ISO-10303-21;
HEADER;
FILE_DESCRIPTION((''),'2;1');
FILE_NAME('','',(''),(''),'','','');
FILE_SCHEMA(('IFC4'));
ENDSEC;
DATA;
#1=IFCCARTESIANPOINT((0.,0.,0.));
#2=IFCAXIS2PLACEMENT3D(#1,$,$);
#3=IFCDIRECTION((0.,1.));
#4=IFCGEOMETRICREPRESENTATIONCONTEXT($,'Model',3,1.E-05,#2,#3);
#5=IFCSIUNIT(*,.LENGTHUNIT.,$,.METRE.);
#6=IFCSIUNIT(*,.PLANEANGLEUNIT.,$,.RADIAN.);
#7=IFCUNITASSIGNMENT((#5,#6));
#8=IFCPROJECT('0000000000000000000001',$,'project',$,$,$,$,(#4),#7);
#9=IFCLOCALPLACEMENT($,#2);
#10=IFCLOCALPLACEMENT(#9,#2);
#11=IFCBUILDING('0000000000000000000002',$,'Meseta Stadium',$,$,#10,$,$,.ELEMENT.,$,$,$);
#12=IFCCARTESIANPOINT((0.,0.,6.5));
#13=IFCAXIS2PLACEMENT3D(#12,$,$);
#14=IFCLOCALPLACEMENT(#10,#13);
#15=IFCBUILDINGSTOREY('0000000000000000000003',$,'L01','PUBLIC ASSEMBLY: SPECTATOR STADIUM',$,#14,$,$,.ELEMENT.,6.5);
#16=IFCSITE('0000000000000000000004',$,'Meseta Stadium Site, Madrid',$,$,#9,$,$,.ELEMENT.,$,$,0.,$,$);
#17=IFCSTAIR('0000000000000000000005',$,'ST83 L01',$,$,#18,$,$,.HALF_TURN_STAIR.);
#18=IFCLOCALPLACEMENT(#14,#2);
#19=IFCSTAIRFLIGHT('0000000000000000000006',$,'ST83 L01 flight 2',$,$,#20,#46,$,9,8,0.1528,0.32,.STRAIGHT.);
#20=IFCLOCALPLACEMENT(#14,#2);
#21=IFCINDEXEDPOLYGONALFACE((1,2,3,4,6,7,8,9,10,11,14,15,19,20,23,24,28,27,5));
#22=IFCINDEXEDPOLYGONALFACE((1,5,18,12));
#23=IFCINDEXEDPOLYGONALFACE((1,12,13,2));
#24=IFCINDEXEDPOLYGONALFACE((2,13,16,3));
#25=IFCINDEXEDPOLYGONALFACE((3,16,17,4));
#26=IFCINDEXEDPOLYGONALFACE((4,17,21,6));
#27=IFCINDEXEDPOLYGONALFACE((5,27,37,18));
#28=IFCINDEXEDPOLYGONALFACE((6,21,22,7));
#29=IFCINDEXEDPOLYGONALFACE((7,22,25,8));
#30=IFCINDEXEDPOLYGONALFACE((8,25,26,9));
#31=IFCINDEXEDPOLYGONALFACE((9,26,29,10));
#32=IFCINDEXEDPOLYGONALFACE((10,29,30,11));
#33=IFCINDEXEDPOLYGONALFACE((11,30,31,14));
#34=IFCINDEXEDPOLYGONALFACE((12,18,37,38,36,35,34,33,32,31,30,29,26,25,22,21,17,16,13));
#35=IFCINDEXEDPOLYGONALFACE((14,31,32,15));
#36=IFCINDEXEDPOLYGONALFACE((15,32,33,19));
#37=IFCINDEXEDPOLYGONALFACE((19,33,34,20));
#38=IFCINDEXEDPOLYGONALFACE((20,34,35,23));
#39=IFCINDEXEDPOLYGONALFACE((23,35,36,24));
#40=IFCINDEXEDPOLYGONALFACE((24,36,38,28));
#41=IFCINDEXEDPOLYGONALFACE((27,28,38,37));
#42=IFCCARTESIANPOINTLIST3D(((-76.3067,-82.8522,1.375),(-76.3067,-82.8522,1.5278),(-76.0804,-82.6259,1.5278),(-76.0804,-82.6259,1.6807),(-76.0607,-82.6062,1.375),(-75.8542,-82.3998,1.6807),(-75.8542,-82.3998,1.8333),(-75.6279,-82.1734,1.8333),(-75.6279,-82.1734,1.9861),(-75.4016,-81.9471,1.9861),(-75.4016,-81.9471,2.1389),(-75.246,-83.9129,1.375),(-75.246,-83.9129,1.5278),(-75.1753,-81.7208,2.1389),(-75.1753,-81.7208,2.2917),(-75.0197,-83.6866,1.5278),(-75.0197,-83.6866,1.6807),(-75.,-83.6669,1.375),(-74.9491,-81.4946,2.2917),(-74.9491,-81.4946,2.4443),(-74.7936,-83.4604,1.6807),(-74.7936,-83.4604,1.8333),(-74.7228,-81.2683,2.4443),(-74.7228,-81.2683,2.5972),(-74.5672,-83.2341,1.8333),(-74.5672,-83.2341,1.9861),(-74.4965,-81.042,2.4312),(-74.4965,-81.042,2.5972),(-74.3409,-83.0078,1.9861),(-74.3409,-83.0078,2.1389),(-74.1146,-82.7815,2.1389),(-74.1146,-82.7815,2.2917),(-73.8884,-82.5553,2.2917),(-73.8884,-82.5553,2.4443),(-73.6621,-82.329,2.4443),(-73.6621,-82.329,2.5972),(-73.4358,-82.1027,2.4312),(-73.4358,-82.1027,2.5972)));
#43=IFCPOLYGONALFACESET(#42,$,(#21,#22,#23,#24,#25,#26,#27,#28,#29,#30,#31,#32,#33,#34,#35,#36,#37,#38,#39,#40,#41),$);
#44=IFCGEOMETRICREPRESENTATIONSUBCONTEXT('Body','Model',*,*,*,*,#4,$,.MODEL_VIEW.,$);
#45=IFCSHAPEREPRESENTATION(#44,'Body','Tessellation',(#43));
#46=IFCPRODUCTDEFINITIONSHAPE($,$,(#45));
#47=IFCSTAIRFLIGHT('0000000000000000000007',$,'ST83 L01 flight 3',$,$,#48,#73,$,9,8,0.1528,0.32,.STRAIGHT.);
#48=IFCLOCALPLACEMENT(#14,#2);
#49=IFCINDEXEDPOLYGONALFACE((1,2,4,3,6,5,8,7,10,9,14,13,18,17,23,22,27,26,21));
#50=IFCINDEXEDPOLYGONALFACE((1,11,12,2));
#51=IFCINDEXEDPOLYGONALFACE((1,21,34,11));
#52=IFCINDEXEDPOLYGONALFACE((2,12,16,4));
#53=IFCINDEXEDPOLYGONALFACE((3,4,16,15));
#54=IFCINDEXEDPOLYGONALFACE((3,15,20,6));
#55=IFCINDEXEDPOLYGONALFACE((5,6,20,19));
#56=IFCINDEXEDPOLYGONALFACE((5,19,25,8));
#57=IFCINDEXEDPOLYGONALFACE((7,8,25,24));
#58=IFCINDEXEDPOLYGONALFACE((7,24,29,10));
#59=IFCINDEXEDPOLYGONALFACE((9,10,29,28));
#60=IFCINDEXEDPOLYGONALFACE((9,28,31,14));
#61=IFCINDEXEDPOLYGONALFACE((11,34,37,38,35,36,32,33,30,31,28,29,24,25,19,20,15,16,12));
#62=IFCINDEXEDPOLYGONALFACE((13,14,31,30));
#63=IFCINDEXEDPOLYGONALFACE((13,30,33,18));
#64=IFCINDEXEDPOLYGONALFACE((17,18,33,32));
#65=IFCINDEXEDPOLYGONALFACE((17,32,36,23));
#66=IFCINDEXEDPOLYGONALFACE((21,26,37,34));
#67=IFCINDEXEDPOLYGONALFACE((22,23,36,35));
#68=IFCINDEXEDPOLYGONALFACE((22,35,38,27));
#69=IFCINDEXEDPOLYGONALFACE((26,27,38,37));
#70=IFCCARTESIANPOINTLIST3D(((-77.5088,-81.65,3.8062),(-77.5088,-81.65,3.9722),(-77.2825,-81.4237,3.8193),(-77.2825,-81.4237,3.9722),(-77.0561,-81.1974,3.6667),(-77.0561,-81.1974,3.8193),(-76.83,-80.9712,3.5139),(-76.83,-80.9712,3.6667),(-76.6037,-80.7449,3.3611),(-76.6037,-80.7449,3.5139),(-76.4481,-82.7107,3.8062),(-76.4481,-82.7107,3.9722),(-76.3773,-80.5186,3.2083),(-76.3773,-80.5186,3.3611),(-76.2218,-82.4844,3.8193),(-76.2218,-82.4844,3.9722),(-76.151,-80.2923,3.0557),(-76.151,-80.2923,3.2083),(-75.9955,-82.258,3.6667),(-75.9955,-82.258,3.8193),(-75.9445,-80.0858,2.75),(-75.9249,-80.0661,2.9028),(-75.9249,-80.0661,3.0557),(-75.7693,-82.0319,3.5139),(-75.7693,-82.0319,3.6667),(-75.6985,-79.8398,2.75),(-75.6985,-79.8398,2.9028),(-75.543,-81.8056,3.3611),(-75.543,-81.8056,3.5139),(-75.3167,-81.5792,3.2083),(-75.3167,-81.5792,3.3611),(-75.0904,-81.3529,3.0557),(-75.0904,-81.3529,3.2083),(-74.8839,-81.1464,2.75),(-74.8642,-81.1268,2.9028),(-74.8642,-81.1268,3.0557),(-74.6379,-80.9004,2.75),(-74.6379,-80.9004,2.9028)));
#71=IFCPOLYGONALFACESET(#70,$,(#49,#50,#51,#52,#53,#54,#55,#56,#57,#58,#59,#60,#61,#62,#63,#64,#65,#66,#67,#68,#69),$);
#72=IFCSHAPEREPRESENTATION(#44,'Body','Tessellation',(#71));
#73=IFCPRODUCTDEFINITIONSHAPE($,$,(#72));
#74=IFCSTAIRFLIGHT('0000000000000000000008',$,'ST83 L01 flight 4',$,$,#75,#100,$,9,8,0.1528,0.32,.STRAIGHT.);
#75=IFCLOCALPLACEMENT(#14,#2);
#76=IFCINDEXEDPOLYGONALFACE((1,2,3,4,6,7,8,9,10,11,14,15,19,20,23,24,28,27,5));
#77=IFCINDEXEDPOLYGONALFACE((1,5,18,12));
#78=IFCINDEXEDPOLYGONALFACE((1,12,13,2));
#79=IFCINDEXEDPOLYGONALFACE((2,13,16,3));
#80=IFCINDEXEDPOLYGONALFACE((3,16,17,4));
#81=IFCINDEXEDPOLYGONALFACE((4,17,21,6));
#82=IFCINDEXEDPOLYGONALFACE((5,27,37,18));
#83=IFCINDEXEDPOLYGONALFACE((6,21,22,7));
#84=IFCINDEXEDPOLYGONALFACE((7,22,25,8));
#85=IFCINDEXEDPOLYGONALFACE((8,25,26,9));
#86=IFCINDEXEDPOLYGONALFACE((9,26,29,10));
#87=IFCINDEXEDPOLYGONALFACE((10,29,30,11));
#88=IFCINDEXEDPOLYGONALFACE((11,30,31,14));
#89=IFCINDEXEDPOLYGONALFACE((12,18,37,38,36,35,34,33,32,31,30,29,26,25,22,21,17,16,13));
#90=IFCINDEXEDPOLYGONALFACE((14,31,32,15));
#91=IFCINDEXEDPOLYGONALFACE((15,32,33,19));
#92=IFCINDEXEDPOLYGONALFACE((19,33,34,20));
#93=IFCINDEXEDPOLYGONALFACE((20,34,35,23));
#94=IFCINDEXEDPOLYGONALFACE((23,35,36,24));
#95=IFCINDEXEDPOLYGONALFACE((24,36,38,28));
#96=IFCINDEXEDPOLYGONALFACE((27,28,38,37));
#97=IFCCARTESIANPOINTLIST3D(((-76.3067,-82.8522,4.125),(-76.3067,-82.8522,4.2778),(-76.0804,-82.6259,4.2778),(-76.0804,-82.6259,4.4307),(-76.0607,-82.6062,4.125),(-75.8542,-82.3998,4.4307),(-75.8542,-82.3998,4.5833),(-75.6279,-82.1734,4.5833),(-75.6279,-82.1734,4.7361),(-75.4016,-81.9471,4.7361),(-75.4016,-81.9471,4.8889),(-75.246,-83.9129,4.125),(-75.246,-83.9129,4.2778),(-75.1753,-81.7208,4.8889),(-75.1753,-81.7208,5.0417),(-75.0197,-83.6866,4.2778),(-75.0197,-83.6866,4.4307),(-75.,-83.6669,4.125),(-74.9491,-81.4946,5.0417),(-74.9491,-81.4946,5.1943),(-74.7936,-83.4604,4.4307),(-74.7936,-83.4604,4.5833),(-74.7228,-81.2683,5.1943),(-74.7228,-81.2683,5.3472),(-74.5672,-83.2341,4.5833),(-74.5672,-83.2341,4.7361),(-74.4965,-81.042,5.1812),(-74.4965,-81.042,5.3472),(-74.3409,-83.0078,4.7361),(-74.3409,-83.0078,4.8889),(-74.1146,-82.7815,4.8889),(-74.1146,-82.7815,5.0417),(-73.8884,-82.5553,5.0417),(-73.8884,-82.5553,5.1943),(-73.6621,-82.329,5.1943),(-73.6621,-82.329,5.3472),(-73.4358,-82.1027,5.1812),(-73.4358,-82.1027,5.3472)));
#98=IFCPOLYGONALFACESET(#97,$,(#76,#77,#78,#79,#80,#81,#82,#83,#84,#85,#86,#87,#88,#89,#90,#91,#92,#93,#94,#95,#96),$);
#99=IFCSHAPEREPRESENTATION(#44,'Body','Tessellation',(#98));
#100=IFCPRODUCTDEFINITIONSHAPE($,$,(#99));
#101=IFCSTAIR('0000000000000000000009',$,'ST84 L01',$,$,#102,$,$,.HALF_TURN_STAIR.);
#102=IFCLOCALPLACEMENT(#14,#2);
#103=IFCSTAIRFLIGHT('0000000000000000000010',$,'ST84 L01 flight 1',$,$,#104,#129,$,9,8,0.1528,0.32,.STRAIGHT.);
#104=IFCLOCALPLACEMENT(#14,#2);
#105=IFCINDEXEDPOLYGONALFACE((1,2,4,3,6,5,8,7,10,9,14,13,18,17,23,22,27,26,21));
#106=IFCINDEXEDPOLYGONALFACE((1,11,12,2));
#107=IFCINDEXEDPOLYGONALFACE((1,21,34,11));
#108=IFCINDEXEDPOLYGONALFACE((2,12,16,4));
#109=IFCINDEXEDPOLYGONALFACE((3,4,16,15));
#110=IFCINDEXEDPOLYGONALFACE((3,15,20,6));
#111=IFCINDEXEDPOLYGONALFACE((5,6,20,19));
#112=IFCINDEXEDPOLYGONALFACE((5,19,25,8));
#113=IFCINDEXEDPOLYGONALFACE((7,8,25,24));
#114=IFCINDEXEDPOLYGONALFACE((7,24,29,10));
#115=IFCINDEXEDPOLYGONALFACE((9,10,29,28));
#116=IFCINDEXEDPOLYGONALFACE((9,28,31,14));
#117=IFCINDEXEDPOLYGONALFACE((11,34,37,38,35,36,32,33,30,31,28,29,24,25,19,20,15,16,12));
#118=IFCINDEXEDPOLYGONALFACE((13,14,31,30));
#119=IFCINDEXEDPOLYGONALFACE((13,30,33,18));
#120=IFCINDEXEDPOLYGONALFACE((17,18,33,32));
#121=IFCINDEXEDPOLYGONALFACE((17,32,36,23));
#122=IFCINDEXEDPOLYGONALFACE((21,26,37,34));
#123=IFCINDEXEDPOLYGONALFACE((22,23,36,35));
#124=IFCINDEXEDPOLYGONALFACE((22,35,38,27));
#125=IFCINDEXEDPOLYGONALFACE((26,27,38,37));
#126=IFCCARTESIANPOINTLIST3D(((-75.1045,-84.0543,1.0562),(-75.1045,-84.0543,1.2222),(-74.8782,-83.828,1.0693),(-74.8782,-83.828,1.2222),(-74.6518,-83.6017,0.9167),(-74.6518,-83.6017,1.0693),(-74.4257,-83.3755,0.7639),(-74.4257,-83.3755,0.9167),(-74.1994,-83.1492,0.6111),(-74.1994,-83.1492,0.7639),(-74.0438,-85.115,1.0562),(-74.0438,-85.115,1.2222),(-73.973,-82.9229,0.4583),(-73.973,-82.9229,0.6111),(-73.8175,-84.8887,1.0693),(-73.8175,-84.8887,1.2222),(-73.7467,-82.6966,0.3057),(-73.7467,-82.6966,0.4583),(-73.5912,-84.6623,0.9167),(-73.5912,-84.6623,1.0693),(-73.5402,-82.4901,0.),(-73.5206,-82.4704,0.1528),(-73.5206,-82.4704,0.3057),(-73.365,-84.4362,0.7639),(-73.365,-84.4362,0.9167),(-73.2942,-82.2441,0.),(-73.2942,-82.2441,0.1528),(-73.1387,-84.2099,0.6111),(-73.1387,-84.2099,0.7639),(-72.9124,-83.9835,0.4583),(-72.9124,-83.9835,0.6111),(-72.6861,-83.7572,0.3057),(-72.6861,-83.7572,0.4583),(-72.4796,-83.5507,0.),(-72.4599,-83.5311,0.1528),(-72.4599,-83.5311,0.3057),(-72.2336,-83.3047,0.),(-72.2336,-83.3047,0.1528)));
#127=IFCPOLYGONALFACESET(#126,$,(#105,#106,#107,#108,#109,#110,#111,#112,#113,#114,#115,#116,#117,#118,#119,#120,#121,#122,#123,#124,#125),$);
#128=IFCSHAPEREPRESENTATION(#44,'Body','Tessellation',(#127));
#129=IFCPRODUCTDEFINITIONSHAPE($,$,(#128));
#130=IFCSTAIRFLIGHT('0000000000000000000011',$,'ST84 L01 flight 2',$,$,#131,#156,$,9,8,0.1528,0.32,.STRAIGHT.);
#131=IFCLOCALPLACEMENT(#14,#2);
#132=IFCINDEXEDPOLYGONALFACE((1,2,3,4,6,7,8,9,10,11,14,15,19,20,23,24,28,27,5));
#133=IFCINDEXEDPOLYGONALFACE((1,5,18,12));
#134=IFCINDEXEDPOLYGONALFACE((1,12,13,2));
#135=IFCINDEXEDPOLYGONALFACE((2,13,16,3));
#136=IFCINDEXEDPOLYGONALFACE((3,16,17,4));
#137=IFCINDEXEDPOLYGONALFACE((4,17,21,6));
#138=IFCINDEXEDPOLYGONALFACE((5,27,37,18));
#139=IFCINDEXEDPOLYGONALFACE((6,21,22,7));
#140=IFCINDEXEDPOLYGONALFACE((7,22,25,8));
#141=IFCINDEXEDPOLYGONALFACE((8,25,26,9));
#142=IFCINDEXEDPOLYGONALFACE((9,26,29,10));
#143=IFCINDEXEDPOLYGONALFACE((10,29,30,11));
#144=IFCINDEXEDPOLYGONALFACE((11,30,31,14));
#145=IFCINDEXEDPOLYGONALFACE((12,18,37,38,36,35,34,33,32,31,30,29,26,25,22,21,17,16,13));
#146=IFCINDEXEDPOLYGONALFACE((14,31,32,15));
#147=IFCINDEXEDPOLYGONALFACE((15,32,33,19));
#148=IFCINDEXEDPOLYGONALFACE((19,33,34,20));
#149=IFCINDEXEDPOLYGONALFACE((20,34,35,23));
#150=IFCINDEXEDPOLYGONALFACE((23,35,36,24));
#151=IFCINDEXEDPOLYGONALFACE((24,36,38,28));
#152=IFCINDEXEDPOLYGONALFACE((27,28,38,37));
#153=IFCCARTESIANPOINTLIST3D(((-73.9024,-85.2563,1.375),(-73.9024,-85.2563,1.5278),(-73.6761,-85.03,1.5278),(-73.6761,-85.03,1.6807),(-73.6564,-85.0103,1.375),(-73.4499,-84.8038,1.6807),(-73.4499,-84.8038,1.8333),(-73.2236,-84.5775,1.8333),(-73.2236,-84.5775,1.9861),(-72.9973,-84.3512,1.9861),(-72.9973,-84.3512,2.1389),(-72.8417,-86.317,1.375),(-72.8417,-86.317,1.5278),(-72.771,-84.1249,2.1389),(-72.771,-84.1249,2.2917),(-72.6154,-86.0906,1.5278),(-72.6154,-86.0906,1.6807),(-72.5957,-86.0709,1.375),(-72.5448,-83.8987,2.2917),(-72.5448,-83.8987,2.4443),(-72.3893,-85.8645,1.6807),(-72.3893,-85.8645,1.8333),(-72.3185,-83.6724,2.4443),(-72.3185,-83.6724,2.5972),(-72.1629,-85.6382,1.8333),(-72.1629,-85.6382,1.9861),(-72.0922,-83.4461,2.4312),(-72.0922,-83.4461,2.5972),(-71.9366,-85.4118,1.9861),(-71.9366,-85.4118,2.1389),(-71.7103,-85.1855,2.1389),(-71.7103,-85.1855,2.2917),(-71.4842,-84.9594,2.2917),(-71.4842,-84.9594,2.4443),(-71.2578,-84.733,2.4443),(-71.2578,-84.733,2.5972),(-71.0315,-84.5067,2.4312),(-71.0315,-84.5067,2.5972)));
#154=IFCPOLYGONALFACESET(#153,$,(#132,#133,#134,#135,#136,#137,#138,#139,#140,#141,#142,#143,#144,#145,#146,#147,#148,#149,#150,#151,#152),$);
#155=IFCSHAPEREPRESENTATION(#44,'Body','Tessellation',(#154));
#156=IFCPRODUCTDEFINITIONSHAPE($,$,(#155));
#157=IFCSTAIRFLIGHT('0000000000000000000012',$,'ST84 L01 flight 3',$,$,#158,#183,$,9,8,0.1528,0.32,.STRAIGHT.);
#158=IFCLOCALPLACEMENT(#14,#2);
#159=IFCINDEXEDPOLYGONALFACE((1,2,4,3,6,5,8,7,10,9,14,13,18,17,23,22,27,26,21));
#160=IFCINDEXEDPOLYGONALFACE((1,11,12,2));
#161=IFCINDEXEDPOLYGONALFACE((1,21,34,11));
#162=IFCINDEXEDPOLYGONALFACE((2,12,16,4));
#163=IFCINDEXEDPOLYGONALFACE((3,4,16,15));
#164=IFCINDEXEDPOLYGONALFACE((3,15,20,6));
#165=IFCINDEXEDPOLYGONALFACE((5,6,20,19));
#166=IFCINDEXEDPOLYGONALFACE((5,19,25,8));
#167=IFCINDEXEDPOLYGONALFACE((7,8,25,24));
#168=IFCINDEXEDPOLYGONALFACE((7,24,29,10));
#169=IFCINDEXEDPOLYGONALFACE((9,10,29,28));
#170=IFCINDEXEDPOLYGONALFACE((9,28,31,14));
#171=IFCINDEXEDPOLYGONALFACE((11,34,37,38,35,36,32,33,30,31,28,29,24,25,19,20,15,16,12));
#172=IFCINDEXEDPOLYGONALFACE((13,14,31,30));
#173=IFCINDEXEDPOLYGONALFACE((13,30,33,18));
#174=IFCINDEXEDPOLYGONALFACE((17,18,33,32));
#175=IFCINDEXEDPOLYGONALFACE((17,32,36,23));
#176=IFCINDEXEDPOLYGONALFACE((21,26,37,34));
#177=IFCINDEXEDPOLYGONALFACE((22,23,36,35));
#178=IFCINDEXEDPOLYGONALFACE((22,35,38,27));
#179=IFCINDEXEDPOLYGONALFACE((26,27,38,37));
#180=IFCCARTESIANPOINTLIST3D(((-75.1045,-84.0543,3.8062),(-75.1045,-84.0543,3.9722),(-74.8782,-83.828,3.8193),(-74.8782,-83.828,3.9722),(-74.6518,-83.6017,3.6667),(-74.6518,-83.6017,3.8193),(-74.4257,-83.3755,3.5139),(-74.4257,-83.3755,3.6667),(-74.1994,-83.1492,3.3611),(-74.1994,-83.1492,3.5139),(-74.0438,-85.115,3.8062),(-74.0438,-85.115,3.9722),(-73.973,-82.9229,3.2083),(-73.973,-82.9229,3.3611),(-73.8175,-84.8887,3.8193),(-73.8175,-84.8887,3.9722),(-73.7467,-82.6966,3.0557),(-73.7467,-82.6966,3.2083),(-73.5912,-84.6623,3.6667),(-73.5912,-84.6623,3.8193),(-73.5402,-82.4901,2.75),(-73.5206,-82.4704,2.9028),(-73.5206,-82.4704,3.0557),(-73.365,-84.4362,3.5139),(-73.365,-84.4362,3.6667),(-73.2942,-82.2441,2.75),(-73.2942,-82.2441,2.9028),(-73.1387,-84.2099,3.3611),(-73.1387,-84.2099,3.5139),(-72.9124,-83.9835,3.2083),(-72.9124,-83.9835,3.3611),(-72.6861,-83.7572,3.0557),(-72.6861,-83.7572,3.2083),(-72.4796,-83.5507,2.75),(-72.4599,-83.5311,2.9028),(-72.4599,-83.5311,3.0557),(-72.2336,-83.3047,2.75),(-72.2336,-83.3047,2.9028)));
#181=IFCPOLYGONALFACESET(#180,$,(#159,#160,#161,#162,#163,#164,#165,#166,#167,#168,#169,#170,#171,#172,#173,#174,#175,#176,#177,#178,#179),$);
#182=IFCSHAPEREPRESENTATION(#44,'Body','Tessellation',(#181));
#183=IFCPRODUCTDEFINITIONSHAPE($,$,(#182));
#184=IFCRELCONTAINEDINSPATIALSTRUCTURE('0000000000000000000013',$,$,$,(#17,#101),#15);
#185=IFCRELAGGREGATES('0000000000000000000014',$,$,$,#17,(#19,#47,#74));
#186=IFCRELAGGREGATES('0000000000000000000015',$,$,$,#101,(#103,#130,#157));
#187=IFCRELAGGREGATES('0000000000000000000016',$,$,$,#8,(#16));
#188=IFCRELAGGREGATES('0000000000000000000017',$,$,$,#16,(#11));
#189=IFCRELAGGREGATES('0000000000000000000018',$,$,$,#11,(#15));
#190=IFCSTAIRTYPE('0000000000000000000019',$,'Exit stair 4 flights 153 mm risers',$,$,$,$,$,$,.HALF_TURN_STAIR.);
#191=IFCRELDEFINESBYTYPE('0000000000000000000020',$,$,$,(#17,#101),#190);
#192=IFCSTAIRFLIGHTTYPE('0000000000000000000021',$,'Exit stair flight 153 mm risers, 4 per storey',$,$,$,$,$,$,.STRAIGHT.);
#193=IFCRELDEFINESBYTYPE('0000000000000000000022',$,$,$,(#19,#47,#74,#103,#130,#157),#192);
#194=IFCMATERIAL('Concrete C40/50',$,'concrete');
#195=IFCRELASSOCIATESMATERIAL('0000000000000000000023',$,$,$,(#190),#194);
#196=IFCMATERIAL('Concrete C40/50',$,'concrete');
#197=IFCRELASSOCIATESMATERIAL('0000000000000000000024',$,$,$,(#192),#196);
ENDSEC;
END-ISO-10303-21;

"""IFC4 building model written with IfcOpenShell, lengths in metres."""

from ifc_helpers import new_model, si_unit, direction, frame, origin, place, context, subcontext, project, spatial, polyline, outline, extrude, material, type_object, element, aggregate, save


model = new_model("IFC4")

# Units and contexts
model_context = context("Model", 3, precision=1e-05, world=origin(), true_north=direction((0.0, 1.0)))
body_context = subcontext(model_context, "Body", "Model", "MODEL_VIEW")
ifc_project = project(units=[si_unit("LENGTHUNIT", "METRE"), si_unit("PLANEANGLEUNIT", "RADIAN")], contexts=[model_context])

# Site, building, storey
site_placement = place(None, origin())
site = spatial("IfcSite", under=ifc_project, at=site_placement, Name="Meseta Stadium Site, Madrid", CompositionType="ELEMENT", RefElevation=0.0)
building_placement = place(site_placement, origin())
building = spatial("IfcBuilding", under=site, at=building_placement, Name="Meseta Stadium", CompositionType="ELEMENT")
storey_placement = place(building_placement, frame((0.0, 0.0, 6.5)))
storey = spatial("IfcBuildingStorey", under=building, at=storey_placement, Name="L01", Description="PUBLIC ASSEMBLY: SPECTATOR STADIUM", CompositionType="ELEMENT", Elevation=6.5)

# Stairs, stair flights
ifc_material_1 = material(Name="Concrete C40/50", Category="concrete")
stair_type = type_object("IfcStairType", Name="Exit stair 4 flights 153 mm risers", PredefinedType="HALF_TURN_STAIR", material=ifc_material_1)
ifc_material_2 = material(Name="Concrete C40/50", Category="concrete")
stair_flight_type = type_object("IfcStairFlightType", Name="Exit stair flight 153 mm risers, 4 per storey", PredefinedType="STRAIGHT", material=ifc_material_2)
stair_1_placement = place(storey_placement, origin())
stair_1 = element("IfcStair", 1, at=stair_1_placement, inside=storey, type_object=stair_type, Name="ST83 L01", PredefinedType="HALF_TURN_STAIR")
stair_flight_1_placement = place(storey_placement, frame((-75.7764, -83.3826, 1.375), z_axis=(0.0, 0.0, 1.0), x_axis=(0.707107, 0.707107, 0.0)))
stair_flight_1 = element("IfcStairFlight", 2, at=stair_flight_1_placement, type_object=stair_flight_type, Name="ST83 L01 flight 2", NumberOfRisers=9, NumberOfTreads=8, PredefinedType="STRAIGHT", RiserHeight=0.1528, TreadLength=0.32, context=body_context, shape_type="SweptSolid", body=[
    extrude(outline(polyline([(0.0, 0.0), (0.0, 0.1528), (0.3201, 0.1528), (0.3201, 0.3057), (0.6399, 0.3057), (0.6399, 0.4583), (0.96, 0.4583), (0.96, 0.6111), (1.28, 0.6111), (1.28, 0.7639), (1.6001, 0.7639), (1.6001, 0.9167), (1.9199, 0.9167), (1.9199, 1.0693), (2.24, 1.0693), (2.24, 1.2222), (2.5601, 1.2222), (2.5601, 1.0562), (0.3479, 0.0), (0.0, 0.0)])), frame((0.0, 0.75, 0.0), z_axis=(0.0, -1.0, 0.0), x_axis=(1.0, 0.0, 0.0)), (0.0, 0.0, 1.0), 1.5),
])
stair_flight_2_placement = place(storey_placement, frame((-75.1682, -80.3701, 2.75), z_axis=(0.0, 0.0, 1.0), x_axis=(-0.707107, -0.707107, 0.0)))
stair_flight_2 = element("IfcStairFlight", 3, at=stair_flight_2_placement, type_object=stair_flight_type, Name="ST83 L01 flight 3", NumberOfRisers=9, NumberOfTreads=8, PredefinedType="STRAIGHT", RiserHeight=0.1528, TreadLength=0.32, context=body_context, shape_type="SweptSolid", body=[
    extrude(outline(polyline([(0.0, 0.0), (0.0, 0.1528), (0.3201, 0.1528), (0.3201, 0.3057), (0.6399, 0.3057), (0.6399, 0.4583), (0.96, 0.4583), (0.96, 0.6111), (1.28, 0.6111), (1.28, 0.7639), (1.6001, 0.7639), (1.6001, 0.9167), (1.9199, 0.9167), (1.9199, 1.0693), (2.24, 1.0693), (2.24, 1.2222), (2.5601, 1.2222), (2.5601, 1.0562), (0.3479, 0.0), (0.0, 0.0)])), frame((0.0, 0.75, 0.0), z_axis=(0.0, -1.0, 0.0), x_axis=(1.0, 0.0, 0.0)), (0.0, 0.0, 1.0), 1.5),
])
stair_flight_3_placement = place(storey_placement, frame((-75.7764, -83.3826, 4.125), z_axis=(0.0, 0.0, 1.0), x_axis=(0.707107, 0.707107, 0.0)))
stair_flight_3 = element("IfcStairFlight", 4, at=stair_flight_3_placement, type_object=stair_flight_type, Name="ST83 L01 flight 4", NumberOfRisers=9, NumberOfTreads=8, PredefinedType="STRAIGHT", RiserHeight=0.1528, TreadLength=0.32, context=body_context, shape_type="SweptSolid", body=[
    extrude(outline(polyline([(0.0, 0.0), (0.0, 0.1528), (0.3201, 0.1528), (0.3201, 0.3057), (0.6399, 0.3057), (0.6399, 0.4583), (0.96, 0.4583), (0.96, 0.6111), (1.28, 0.6111), (1.28, 0.7639), (1.6001, 0.7639), (1.6001, 0.9167), (1.9199, 0.9167), (1.9199, 1.0693), (2.24, 1.0693), (2.24, 1.2222), (2.5601, 1.2222), (2.5601, 1.0562), (0.3479, 0.0), (0.0, 0.0)])), frame((0.0, 0.75, 0.0), z_axis=(0.0, -1.0, 0.0), x_axis=(1.0, 0.0, 0.0)), (0.0, 0.0, 1.0), 1.5),
])
aggregate(stair_1, [stair_flight_1, stair_flight_2, stair_flight_3])
stair_2_placement = place(storey_placement, origin())
stair_2 = element("IfcStair", 5, at=stair_2_placement, inside=storey, type_object=stair_type, Name="ST84 L01", PredefinedType="HALF_TURN_STAIR")
stair_flight_4_placement = place(storey_placement, frame((-72.7639, -82.7744, 0.0), z_axis=(0.0, 0.0, 1.0), x_axis=(-0.707107, -0.707107, 0.0)))
stair_flight_4 = element("IfcStairFlight", 6, at=stair_flight_4_placement, type_object=stair_flight_type, Name="ST84 L01 flight 1", NumberOfRisers=9, NumberOfTreads=8, PredefinedType="STRAIGHT", RiserHeight=0.1528, TreadLength=0.32, context=body_context, shape_type="SweptSolid", body=[
    extrude(outline(polyline([(0.0, 0.0), (0.0, 0.1528), (0.3201, 0.1528), (0.3201, 0.3057), (0.6399, 0.3057), (0.6399, 0.4583), (0.96, 0.4583), (0.96, 0.6111), (1.28, 0.6111), (1.28, 0.7639), (1.6001, 0.7639), (1.6001, 0.9167), (1.9199, 0.9167), (1.9199, 1.0693), (2.24, 1.0693), (2.24, 1.2222), (2.5601, 1.2222), (2.5601, 1.0562), (0.3479, 0.0), (0.0, 0.0)])), frame((0.0, 0.75, 0.0), z_axis=(0.0, -1.0, 0.0), x_axis=(1.0, 0.0, 0.0)), (0.0, 0.0, 1.0), 1.5),
])
stair_flight_5_placement = place(storey_placement, frame((-73.3721, -85.7866, 1.375), z_axis=(0.0, 0.0, 1.0), x_axis=(0.707107, 0.707107, 0.0)))
stair_flight_5 = element("IfcStairFlight", 7, at=stair_flight_5_placement, type_object=stair_flight_type, Name="ST84 L01 flight 2", NumberOfRisers=9, NumberOfTreads=8, PredefinedType="STRAIGHT", RiserHeight=0.1528, TreadLength=0.32, context=body_context, shape_type="SweptSolid", body=[
    extrude(outline(polyline([(0.0, 0.0), (0.0, 0.1528), (0.3201, 0.1528), (0.3201, 0.3057), (0.6399, 0.3057), (0.6399, 0.4583), (0.96, 0.4583), (0.96, 0.6111), (1.28, 0.6111), (1.28, 0.7639), (1.6001, 0.7639), (1.6001, 0.9167), (1.9199, 0.9167), (1.9199, 1.0693), (2.24, 1.0693), (2.24, 1.2222), (2.5601, 1.2222), (2.5601, 1.0562), (0.3479, 0.0), (0.0, 0.0)])), frame((0.0, 0.75, 0.0), z_axis=(0.0, -1.0, 0.0), x_axis=(1.0, 0.0, 0.0)), (0.0, 0.0, 1.0), 1.5),
])
stair_flight_6_placement = place(storey_placement, frame((-72.7639, -82.7744, 2.75), z_axis=(0.0, 0.0, 1.0), x_axis=(-0.707107, -0.707107, 0.0)))
stair_flight_6 = element("IfcStairFlight", 8, at=stair_flight_6_placement, type_object=stair_flight_type, Name="ST84 L01 flight 3", NumberOfRisers=9, NumberOfTreads=8, PredefinedType="STRAIGHT", RiserHeight=0.1528, TreadLength=0.32, context=body_context, shape_type="SweptSolid", body=[
    extrude(outline(polyline([(0.0, 0.0), (0.0, 0.1528), (0.3201, 0.1528), (0.3201, 0.3057), (0.6399, 0.3057), (0.6399, 0.4583), (0.96, 0.4583), (0.96, 0.6111), (1.28, 0.6111), (1.28, 0.7639), (1.6001, 0.7639), (1.6001, 0.9167), (1.9199, 0.9167), (1.9199, 1.0693), (2.24, 1.0693), (2.24, 1.2222), (2.5601, 1.2222), (2.5601, 1.0562), (0.3479, 0.0), (0.0, 0.0)])), frame((0.0, 0.75, 0.0), z_axis=(0.0, -1.0, 0.0), x_axis=(1.0, 0.0, 0.0)), (0.0, 0.0, 1.0), 1.5),
])
aggregate(stair_2, [stair_flight_4, stair_flight_5, stair_flight_6])

save(model, "model.ifc")
